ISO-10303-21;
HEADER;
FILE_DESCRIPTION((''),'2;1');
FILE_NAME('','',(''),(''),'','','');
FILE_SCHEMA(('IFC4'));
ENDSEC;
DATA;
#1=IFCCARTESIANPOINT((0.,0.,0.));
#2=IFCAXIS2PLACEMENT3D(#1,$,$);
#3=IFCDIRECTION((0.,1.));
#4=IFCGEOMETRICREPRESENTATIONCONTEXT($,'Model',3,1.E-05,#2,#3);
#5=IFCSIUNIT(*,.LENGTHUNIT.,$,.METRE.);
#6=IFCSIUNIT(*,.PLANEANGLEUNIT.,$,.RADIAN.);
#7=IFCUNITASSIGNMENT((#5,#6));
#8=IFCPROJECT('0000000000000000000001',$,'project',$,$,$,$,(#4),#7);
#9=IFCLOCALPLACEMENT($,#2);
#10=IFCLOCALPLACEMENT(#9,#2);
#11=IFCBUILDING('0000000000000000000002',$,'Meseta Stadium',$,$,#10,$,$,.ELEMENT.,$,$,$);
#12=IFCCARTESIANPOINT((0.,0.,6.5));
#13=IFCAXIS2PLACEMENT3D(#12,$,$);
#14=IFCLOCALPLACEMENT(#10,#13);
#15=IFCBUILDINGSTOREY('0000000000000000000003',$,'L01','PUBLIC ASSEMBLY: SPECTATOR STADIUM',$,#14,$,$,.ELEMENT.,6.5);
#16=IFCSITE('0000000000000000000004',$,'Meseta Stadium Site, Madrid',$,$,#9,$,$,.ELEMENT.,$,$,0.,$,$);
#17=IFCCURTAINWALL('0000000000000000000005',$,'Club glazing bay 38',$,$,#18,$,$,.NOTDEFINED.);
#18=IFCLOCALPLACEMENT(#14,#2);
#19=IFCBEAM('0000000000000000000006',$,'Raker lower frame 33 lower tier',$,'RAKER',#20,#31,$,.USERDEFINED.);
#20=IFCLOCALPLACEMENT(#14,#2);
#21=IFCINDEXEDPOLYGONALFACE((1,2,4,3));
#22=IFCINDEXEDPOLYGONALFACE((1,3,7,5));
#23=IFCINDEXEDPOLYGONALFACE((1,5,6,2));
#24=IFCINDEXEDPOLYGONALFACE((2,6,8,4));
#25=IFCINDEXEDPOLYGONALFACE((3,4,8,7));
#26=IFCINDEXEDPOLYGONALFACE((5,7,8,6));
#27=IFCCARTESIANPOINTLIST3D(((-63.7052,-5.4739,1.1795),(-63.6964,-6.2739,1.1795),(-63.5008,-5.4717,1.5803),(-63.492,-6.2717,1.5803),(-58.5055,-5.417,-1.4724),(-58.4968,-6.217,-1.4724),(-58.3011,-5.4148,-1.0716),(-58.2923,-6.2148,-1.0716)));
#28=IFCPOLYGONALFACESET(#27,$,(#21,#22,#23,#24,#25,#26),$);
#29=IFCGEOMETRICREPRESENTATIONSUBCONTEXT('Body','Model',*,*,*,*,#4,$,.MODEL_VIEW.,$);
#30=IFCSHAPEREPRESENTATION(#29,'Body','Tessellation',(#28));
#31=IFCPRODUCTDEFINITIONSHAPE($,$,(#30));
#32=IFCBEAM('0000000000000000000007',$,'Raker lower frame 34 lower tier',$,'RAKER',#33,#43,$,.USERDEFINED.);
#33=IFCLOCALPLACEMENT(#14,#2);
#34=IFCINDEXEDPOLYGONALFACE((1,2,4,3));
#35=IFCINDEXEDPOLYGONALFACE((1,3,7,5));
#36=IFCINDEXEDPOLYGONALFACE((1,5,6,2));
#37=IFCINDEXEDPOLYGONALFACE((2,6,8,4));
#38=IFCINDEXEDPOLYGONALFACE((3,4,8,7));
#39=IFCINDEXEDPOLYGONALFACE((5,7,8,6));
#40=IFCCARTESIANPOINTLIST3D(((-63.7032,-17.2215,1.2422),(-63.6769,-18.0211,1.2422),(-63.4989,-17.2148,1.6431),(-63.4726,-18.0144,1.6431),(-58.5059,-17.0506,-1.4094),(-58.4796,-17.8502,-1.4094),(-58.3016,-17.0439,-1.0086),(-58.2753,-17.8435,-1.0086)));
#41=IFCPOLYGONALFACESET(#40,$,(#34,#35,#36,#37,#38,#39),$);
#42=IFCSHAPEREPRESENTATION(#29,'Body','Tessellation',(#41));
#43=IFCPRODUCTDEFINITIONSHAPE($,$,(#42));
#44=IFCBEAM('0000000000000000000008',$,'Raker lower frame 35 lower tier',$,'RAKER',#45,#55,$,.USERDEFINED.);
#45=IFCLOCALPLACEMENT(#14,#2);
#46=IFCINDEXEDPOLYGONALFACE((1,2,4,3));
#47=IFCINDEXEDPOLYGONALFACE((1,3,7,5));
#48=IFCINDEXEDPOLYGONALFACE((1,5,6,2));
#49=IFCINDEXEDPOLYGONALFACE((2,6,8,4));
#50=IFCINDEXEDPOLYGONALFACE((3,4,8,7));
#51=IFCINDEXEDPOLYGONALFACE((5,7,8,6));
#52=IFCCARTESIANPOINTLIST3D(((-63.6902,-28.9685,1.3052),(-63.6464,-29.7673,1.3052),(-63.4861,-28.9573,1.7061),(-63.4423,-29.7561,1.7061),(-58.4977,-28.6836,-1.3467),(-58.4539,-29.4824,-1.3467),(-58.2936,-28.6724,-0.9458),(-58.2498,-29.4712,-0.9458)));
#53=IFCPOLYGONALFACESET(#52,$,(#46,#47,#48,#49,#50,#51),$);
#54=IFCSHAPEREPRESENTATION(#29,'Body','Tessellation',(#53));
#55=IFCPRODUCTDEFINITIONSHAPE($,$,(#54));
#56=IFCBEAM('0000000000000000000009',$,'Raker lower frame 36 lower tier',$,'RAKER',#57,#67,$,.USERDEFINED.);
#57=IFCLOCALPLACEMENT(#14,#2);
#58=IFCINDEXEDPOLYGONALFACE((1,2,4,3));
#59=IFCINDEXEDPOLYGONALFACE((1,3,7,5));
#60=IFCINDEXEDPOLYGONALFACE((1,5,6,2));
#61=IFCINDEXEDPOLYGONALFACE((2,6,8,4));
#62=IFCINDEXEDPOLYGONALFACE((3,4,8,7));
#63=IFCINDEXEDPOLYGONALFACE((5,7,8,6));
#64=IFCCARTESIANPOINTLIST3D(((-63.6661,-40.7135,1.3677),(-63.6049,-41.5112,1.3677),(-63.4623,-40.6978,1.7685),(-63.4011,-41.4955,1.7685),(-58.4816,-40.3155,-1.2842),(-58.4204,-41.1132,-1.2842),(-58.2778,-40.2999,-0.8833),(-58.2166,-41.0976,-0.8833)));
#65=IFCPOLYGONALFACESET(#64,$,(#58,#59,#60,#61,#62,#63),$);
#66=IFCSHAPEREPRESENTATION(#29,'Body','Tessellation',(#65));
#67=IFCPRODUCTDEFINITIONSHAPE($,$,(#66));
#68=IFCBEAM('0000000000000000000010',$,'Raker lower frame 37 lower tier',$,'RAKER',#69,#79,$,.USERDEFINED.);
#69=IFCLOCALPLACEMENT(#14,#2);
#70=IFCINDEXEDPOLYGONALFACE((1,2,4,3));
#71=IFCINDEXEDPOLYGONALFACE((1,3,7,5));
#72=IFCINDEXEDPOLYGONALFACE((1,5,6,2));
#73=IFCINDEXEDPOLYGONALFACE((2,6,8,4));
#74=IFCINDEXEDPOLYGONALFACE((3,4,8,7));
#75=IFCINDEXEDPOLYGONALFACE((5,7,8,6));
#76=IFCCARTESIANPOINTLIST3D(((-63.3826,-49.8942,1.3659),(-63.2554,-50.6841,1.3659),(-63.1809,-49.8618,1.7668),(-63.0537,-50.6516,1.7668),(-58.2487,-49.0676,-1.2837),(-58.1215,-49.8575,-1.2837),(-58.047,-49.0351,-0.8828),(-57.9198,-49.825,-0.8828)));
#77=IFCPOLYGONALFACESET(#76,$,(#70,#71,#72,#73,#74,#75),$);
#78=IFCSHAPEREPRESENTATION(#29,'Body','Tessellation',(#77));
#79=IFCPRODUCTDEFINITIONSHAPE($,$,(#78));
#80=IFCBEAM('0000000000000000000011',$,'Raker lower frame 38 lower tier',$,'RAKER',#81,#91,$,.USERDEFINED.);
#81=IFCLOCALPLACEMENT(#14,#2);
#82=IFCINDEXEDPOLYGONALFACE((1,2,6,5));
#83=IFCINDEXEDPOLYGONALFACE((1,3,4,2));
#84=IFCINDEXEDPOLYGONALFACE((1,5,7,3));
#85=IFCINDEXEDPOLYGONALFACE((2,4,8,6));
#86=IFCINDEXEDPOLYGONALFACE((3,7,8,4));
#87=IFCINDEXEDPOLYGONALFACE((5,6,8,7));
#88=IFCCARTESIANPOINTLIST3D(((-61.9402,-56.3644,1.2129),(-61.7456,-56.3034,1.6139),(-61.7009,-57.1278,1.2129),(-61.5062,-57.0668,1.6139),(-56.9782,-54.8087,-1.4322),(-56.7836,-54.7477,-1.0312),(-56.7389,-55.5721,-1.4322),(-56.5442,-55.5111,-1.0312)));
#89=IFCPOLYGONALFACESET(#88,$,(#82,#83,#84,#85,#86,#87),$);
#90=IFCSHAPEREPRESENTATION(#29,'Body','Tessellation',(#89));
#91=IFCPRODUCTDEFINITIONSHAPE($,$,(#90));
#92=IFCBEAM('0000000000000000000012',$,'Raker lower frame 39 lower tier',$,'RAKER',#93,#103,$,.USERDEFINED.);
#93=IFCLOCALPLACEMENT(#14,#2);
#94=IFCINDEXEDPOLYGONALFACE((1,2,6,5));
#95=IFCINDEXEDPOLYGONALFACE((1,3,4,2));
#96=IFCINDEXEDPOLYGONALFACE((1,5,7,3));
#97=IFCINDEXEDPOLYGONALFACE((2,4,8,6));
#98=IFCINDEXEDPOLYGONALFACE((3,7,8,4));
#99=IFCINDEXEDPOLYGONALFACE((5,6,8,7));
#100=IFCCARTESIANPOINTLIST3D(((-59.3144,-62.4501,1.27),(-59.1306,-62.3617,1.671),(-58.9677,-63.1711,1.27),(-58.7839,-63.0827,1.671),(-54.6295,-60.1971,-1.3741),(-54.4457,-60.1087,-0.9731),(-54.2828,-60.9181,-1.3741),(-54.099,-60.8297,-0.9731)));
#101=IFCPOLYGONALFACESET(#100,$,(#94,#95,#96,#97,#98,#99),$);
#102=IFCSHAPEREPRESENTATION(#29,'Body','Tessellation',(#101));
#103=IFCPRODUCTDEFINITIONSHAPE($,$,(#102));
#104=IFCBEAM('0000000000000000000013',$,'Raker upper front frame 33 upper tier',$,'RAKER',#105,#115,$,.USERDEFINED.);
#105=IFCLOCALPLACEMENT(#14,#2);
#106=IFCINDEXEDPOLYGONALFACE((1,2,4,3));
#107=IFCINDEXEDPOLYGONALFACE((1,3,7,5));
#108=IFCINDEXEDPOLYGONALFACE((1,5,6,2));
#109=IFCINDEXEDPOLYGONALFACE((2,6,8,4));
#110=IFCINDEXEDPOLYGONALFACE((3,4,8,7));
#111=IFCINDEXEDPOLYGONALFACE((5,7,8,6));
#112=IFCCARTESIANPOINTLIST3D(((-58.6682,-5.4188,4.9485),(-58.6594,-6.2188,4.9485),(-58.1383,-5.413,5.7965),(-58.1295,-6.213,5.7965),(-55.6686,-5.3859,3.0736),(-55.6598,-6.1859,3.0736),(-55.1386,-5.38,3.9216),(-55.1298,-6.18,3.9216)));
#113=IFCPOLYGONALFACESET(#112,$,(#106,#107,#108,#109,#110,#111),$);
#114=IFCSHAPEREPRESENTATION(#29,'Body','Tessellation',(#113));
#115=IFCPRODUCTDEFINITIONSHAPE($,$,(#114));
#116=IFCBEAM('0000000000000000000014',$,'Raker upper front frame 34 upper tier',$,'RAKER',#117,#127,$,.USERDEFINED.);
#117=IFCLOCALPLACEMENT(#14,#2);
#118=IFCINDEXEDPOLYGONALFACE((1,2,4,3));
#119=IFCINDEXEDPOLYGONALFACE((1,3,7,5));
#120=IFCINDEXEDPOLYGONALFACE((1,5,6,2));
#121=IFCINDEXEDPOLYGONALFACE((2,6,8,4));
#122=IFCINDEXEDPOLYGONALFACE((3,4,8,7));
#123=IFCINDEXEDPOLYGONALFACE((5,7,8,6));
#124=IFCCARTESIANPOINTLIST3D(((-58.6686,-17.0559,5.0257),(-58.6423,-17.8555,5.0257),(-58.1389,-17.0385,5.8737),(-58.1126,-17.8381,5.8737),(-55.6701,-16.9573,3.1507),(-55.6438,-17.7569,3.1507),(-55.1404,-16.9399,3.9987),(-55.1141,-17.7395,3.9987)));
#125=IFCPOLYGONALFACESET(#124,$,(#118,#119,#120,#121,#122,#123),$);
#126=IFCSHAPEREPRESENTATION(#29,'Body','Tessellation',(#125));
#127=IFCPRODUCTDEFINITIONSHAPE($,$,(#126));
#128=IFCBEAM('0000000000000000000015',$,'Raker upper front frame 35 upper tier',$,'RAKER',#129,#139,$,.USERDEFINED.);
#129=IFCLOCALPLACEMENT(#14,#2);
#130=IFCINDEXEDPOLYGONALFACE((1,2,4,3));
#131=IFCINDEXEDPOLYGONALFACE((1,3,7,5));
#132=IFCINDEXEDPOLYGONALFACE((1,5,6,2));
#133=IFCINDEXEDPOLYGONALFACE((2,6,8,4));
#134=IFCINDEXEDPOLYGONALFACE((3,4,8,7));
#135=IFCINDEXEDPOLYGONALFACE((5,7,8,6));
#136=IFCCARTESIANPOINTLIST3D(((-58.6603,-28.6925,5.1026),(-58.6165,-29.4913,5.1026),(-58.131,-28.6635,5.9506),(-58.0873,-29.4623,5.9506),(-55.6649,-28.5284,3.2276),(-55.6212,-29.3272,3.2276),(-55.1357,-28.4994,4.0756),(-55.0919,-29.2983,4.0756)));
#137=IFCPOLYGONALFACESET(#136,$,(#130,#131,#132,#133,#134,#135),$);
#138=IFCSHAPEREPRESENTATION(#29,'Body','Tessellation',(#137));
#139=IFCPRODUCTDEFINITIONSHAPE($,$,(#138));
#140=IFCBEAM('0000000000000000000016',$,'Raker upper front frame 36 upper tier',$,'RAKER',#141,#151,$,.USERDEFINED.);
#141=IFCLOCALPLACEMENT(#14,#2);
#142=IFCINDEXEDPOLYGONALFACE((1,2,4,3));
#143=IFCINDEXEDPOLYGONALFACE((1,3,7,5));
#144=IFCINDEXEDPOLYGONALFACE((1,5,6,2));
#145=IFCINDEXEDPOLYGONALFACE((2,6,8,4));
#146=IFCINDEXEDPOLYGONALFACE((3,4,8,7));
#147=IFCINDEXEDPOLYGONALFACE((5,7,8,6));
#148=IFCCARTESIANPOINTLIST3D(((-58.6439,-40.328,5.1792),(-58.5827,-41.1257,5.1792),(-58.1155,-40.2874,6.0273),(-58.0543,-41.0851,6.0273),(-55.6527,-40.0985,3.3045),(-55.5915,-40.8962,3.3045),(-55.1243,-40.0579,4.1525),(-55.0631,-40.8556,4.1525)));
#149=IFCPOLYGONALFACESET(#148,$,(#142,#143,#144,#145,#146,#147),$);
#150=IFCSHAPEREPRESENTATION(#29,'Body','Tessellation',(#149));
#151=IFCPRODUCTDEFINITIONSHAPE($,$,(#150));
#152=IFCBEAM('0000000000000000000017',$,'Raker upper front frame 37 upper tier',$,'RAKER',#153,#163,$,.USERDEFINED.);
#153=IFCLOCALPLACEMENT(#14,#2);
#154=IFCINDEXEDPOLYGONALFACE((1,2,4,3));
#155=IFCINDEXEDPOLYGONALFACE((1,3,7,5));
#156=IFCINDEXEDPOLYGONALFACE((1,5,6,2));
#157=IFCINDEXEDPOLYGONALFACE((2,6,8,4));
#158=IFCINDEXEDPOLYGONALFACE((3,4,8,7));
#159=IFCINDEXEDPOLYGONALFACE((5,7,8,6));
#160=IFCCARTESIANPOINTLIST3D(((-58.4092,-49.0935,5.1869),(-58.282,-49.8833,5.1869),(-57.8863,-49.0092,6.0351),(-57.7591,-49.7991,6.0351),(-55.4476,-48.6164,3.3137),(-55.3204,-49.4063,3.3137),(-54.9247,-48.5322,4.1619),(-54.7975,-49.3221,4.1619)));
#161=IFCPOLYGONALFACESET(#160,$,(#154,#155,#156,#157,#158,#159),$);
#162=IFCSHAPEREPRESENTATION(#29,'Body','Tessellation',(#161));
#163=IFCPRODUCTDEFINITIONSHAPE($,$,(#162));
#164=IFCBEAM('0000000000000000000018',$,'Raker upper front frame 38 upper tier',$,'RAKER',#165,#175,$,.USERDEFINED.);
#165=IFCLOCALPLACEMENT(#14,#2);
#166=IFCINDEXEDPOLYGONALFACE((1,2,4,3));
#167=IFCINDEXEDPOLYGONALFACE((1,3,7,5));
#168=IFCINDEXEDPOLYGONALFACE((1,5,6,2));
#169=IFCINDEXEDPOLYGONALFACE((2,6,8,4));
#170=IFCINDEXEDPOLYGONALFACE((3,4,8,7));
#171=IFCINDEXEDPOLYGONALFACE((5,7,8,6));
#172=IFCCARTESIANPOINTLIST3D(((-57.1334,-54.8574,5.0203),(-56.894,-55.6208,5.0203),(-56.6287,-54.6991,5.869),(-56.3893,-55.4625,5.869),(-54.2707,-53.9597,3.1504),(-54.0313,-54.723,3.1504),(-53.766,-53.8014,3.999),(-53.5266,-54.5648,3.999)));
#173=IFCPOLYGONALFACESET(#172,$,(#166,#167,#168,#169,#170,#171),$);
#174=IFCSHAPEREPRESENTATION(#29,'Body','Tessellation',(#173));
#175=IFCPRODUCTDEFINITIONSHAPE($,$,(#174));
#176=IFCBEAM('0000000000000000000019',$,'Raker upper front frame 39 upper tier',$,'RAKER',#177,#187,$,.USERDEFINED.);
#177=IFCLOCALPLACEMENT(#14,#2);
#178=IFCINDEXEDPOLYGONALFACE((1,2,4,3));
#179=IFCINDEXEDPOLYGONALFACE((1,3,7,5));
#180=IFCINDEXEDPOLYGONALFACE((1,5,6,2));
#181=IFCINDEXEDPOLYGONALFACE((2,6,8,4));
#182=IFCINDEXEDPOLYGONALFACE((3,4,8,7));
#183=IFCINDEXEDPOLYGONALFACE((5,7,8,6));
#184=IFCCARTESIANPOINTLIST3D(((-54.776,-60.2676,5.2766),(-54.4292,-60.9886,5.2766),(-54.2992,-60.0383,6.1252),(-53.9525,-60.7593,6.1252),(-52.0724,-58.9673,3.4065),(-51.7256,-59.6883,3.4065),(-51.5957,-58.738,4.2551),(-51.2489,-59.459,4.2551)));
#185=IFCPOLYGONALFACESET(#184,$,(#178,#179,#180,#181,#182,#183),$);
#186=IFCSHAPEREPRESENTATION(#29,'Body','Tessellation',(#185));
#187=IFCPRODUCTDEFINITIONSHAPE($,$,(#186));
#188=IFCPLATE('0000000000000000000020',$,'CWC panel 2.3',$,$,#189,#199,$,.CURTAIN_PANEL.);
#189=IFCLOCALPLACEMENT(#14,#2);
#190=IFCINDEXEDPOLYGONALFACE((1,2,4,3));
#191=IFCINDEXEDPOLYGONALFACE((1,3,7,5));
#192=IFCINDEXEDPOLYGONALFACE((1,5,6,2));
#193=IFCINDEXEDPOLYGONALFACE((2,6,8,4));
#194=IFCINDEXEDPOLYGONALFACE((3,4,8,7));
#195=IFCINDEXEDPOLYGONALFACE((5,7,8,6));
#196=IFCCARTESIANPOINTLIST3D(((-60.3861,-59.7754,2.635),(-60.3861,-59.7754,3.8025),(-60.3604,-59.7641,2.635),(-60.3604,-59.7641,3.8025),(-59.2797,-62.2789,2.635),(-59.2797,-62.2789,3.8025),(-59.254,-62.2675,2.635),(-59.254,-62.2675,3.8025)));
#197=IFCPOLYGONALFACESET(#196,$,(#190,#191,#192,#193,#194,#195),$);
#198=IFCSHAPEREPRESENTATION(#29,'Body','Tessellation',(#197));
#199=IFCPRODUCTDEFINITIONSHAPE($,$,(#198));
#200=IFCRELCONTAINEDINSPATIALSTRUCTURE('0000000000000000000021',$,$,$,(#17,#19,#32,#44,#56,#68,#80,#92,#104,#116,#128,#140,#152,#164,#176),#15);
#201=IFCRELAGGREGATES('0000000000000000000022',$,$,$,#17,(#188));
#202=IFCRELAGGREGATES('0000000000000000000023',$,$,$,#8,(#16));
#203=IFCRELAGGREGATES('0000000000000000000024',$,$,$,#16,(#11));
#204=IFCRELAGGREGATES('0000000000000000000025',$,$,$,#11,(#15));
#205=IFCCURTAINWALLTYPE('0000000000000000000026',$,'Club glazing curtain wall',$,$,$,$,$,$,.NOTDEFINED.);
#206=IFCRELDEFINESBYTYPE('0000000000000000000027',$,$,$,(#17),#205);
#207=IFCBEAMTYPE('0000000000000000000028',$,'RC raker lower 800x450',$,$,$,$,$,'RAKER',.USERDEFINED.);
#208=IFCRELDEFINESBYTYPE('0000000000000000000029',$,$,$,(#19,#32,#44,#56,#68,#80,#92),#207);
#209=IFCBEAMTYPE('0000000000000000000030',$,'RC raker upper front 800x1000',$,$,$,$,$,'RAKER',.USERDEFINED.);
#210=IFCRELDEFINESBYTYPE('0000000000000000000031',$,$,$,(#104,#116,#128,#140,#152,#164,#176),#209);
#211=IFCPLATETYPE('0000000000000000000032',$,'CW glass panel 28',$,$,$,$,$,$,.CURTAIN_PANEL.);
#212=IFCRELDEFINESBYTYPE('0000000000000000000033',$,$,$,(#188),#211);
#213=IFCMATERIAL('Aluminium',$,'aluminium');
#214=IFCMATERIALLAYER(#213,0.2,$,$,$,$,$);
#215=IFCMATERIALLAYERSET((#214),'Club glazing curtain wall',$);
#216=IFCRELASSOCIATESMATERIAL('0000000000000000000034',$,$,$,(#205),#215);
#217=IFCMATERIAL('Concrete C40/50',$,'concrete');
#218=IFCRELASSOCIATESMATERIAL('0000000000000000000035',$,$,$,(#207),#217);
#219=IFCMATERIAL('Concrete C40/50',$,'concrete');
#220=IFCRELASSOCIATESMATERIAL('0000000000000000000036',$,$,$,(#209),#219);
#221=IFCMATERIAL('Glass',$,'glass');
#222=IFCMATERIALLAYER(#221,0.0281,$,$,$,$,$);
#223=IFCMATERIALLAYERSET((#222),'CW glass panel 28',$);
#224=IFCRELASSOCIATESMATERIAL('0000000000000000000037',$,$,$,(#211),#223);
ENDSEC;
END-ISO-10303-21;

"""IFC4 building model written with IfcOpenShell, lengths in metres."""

from ifc_helpers import new_model, si_unit, direction, frame, origin, origin_2d, place, context, subcontext, project, spatial, rectangle, extrude, material, layer, layer_set, material_profile, profile_set, type_object, element, aggregate, save


model = new_model("IFC4")

# Units and contexts
model_context = context("Model", 3, precision=1e-05, world=origin(), true_north=direction((0.0, 1.0)))
body_context = subcontext(model_context, "Body", "Model", "MODEL_VIEW")
ifc_project = project(units=[si_unit("LENGTHUNIT", "METRE"), si_unit("PLANEANGLEUNIT", "RADIAN")], contexts=[model_context])

# Site, building, storey
site_placement = place(None, origin())
site = spatial("IfcSite", under=ifc_project, at=site_placement, Name="Meseta Stadium Site, Madrid", CompositionType="ELEMENT", RefElevation=0.0)
building_placement = place(site_placement, origin())
building = spatial("IfcBuilding", under=site, at=building_placement, Name="Meseta Stadium", CompositionType="ELEMENT")
storey_placement = place(building_placement, frame((0.0, 0.0, 6.5)))
storey = spatial("IfcBuildingStorey", under=building, at=storey_placement, Name="L01", Description="PUBLIC ASSEMBLY: SPECTATOR STADIUM", CompositionType="ELEMENT", Elevation=6.5)

# Curtain wall
ifc_material_1 = material(Name="Aluminium", Category="aluminium")
ifc_layer_1 = layer(ifc_material_1, 0.2)
ifc_layer_set_1 = layer_set([ifc_layer_1], Name="Club glazing curtain wall")
curtain_wall_type = type_object("IfcCurtainWallType", Name="Club glazing curtain wall", PredefinedType="NOTDEFINED", material=ifc_layer_set_1)
curtain_wall_placement = place(storey_placement, origin())
curtain_wall = element("IfcCurtainWall", 1, at=curtain_wall_placement, inside=storey, type_object=curtain_wall_type, Name="Club glazing bay 38", PredefinedType="NOTDEFINED")

# Beams
ifc_material_2 = material(Name="Concrete C40/50", Category="concrete")
ifc_material_profile_1 = material_profile(ifc_material_2, rectangle(XDim=0.8, YDim=0.45, at=origin_2d()), Name="RC 800x450")
ifc_profile_set_1 = profile_set([ifc_material_profile_1], Name="Concrete C40/50")
beam_type_1 = type_object("IfcBeamType", Name="RC raker lower 800x450", ElementType="RAKER", PredefinedType="USERDEFINED", material=ifc_profile_set_1)
for number, where, z_axis, x_axis, name in (
    (2, (-58.3989, -5.8159, -1.272), (-0.890793, -0.009745, 0.454305), (0.010939, -0.99994, 0.0), "Raker lower frame 33 lower tier"),
    (3, (-58.3906, -17.447, -1.209), (-0.890384, -0.029278, 0.454268), (0.032865, -0.99946, 0.0), "Raker lower frame 34 lower tier"),
):
    element("IfcBeam", number, at=place(storey_placement, frame(where, z_axis=z_axis, x_axis=x_axis)), inside=storey, type_object=beam_type_1, Name=name, ObjectType="RAKER", PredefinedType="USERDEFINED", context=body_context, shape_type="SweptSolid", body=[
        extrude(rectangle(XDim=0.8, YDim=0.45, at=origin_2d()), origin(), (0.0, 0.0, 1.0), 5.8372),
    ])
beam_1_placement = place(storey_placement, frame((-58.3738, -29.0774, -1.1462), z_axis=(-0.889514, -0.048809, 0.454293), x_axis=(0.054789, -0.998498, 0.0)))
element("IfcBeam", 4, at=beam_1_placement, inside=storey, type_object=beam_type_1, Name="Raker lower frame 35 lower tier", ObjectType="RAKER", PredefinedType="USERDEFINED", context=body_context, shape_type="SweptSolid", body=[
    extrude(rectangle(XDim=0.8, YDim=0.45, at=origin_2d()), origin(), (0.0, 0.0, 1.0), 5.8374),
])
beam_2_placement = place(storey_placement, frame((-58.3491, -40.7065, -1.0837), z_axis=(-0.888226, -0.068177, 0.454319), x_axis=(0.076531, -0.997067, 0.0)))
element("IfcBeam", 5, at=beam_2_placement, inside=storey, type_object=beam_type_1, Name="Raker lower frame 36 lower tier", ObjectType="RAKER", PredefinedType="USERDEFINED", context=body_context, shape_type="SweptSolid", body=[
    extrude(rectangle(XDim=0.8, YDim=0.45, at=origin_2d()), origin(), (0.0, 0.0, 1.0), 5.8369),
])
beam_3_placement = place(storey_placement, frame((-58.0842, -49.4463, -1.0833), z_axis=(-0.879673, -0.141641, 0.453997), x_axis=(0.158968, -0.987284, 0.0)))
element("IfcBeam", 6, at=beam_3_placement, inside=storey, type_object=beam_type_1, Name="Raker lower frame 37 lower tier", ObjectType="RAKER", PredefinedType="USERDEFINED", context=body_context, shape_type="SweptSolid", body=[
    extrude(rectangle(XDim=0.8, YDim=0.45, at=origin_2d()), origin(), (0.0, 0.0, 1.0), 5.8362),
])
beam_4_placement = place(storey_placement, frame((-56.7612, -55.1599, -1.2317), z_axis=(-0.850501, -0.26665, 0.453372), x_axis=(0.299162, -0.954202, 0.0)))
element("IfcBeam", 7, at=beam_4_placement, inside=storey, type_object=beam_type_1, Name="Raker lower frame 38 lower tier", ObjectType="RAKER", PredefinedType="USERDEFINED", context=body_context, shape_type="SweptSolid", body=[
    extrude(rectangle(XDim=0.8, YDim=0.45, at=origin_2d()), origin(), (0.0, 0.0, 1.0), 5.8342),
])
beam_5_placement = place(storey_placement, frame((-54.3643, -60.5134, -1.1736), z_axis=(-0.803272, -0.386294, 0.453355), x_axis=(0.433391, -0.901206, 0.0)))
element("IfcBeam", 8, at=beam_5_placement, inside=storey, type_object=beam_type_1, Name="Raker lower frame 39 lower tier", ObjectType="RAKER", PredefinedType="USERDEFINED", context=body_context, shape_type="SweptSolid", body=[
    extrude(rectangle(XDim=0.8, YDim=0.45, at=origin_2d()), origin(), (0.0, 0.0, 1.0), 5.8323),
])
ifc_material_3 = material(Name="Concrete C40/50", Category="concrete")
ifc_material_profile_2 = material_profile(ifc_material_3, rectangle(XDim=0.8, YDim=1.0, at=origin_2d()), Name="RC 800x1000")
ifc_profile_set_2 = profile_set([ifc_material_profile_2], Name="Concrete C40/50")
beam_type_2 = type_object("IfcBeamType", Name="RC raker upper front 800x1000", ElementType="RAKER", PredefinedType="USERDEFINED", material=ifc_profile_set_2)
beam_6_placement = place(storey_placement, frame((-55.3992, -5.783, 3.4976), z_axis=(-0.847942, -0.009317, 0.530007), x_axis=(0.010987, -0.99994, 0.0)))
element("IfcBeam", 9, at=beam_6_placement, inside=storey, type_object=beam_type_2, Name="Raker upper front frame 33 upper tier", ObjectType="RAKER", PredefinedType="USERDEFINED", context=body_context, shape_type="SweptSolid", body=[
    extrude(rectangle(XDim=0.8, YDim=1.0, at=origin_2d()), origin(), (0.0, 0.0, 1.0), 3.5376),
])
beam_7_placement = place(storey_placement, frame((-55.3921, -17.3484, 3.5747), z_axis=(-0.847552, -0.027879, 0.529979), x_axis=(0.032876, -0.999459, 0.0)))
element("IfcBeam", 10, at=beam_7_placement, inside=storey, type_object=beam_type_2, Name="Raker upper front frame 34 upper tier", ObjectType="RAKER", PredefinedType="USERDEFINED", context=body_context, shape_type="SweptSolid", body=[
    extrude(rectangle(XDim=0.8, YDim=1.0, at=origin_2d()), origin(), (0.0, 0.0, 1.0), 3.5378),
])
for number, where, z_axis, x_axis, name in (
    (11, (-55.3784, -28.9133, 3.6516), (-0.846717, -0.046377, 0.530018), (0.05469, -0.998503, 0.0), "Raker upper front frame 35 upper tier"),
    (12, (-55.3579, -40.4771, 3.7285), (-0.845545, -0.064872, 0.529949), (0.076497, -0.99707, 0.0), "Raker upper front frame 36 upper tier"),
):
    element("IfcBeam", number, at=place(storey_placement, frame(where, z_axis=z_axis, x_axis=x_axis)), inside=storey, type_object=beam_type_2, Name=name, ObjectType="RAKER", PredefinedType="USERDEFINED", context=body_context, shape_type="SweptSolid", body=[
        extrude(rectangle(XDim=0.8, YDim=1.0, at=origin_2d()), origin(), (0.0, 0.0, 1.0), 3.5376),
    ])
beam_8_placement = place(storey_placement, frame((-55.1226, -48.9692, 3.7378), z_axis=(-0.837409, -0.134886, 0.529671), x_axis=(0.159025, -0.987275, 0.0)))
element("IfcBeam", 13, at=beam_8_placement, inside=storey, type_object=beam_type_2, Name="Raker upper front frame 37 upper tier", ObjectType="RAKER", PredefinedType="USERDEFINED", context=body_context, shape_type="SweptSolid", body=[
    extrude(rectangle(XDim=0.8, YDim=1.0, at=origin_2d()), origin(), (0.0, 0.0, 1.0), 3.5366),
])
for number, where, z_axis, x_axis, name in (
    (14, (-53.8987, -54.2622, 3.5747), (-0.809765, -0.253945, 0.528954), (0.299234, -0.95418, 0.0), "Raker upper front frame 38 upper tier"),
    (15, (-51.6606, -59.2131, 3.8308), (-0.76477, -0.367813, 0.528999), (0.433424, -0.90119, 0.0), "Raker upper front frame 39 upper tier"),
):
    element("IfcBeam", number, at=place(storey_placement, frame(where, z_axis=z_axis, x_axis=x_axis)), inside=storey, type_object=beam_type_2, Name=name, ObjectType="RAKER", PredefinedType="USERDEFINED", context=body_context, shape_type="SweptSolid", body=[
        extrude(rectangle(XDim=0.8, YDim=1.0, at=origin_2d()), origin(), (0.0, 0.0, 1.0), 3.5352),
    ])

# Plate
ifc_material_4 = material(Name="Glass", Category="glass")
ifc_layer_2 = layer(ifc_material_4, 0.0281)
ifc_layer_set_2 = layer_set([ifc_layer_2], Name="CW glass panel 28")
plate_type = type_object("IfcPlateType", Name="CW glass panel 28", PredefinedType="CURTAIN_PANEL", material=ifc_layer_set_2)
plate_1_placement = place(storey_placement, frame((-59.8201, -61.0215, 2.635), z_axis=(0.0, 0.0, 1.0), x_axis=(0.40423, -0.914657, 0.0)))
plate_1 = element("IfcPlate", 16, at=plate_1_placement, type_object=plate_type, Name="CWC panel 2.3", PredefinedType="CURTAIN_PANEL", context=body_context, shape_type="SweptSolid", body=[
    extrude(rectangle(XDim=2.7371, YDim=0.0281, at=origin_2d()), origin(), (0.0, 0.0, 1.0), 1.1675),
])
aggregate(curtain_wall, [plate_1])

save(model, "model.ifc")
